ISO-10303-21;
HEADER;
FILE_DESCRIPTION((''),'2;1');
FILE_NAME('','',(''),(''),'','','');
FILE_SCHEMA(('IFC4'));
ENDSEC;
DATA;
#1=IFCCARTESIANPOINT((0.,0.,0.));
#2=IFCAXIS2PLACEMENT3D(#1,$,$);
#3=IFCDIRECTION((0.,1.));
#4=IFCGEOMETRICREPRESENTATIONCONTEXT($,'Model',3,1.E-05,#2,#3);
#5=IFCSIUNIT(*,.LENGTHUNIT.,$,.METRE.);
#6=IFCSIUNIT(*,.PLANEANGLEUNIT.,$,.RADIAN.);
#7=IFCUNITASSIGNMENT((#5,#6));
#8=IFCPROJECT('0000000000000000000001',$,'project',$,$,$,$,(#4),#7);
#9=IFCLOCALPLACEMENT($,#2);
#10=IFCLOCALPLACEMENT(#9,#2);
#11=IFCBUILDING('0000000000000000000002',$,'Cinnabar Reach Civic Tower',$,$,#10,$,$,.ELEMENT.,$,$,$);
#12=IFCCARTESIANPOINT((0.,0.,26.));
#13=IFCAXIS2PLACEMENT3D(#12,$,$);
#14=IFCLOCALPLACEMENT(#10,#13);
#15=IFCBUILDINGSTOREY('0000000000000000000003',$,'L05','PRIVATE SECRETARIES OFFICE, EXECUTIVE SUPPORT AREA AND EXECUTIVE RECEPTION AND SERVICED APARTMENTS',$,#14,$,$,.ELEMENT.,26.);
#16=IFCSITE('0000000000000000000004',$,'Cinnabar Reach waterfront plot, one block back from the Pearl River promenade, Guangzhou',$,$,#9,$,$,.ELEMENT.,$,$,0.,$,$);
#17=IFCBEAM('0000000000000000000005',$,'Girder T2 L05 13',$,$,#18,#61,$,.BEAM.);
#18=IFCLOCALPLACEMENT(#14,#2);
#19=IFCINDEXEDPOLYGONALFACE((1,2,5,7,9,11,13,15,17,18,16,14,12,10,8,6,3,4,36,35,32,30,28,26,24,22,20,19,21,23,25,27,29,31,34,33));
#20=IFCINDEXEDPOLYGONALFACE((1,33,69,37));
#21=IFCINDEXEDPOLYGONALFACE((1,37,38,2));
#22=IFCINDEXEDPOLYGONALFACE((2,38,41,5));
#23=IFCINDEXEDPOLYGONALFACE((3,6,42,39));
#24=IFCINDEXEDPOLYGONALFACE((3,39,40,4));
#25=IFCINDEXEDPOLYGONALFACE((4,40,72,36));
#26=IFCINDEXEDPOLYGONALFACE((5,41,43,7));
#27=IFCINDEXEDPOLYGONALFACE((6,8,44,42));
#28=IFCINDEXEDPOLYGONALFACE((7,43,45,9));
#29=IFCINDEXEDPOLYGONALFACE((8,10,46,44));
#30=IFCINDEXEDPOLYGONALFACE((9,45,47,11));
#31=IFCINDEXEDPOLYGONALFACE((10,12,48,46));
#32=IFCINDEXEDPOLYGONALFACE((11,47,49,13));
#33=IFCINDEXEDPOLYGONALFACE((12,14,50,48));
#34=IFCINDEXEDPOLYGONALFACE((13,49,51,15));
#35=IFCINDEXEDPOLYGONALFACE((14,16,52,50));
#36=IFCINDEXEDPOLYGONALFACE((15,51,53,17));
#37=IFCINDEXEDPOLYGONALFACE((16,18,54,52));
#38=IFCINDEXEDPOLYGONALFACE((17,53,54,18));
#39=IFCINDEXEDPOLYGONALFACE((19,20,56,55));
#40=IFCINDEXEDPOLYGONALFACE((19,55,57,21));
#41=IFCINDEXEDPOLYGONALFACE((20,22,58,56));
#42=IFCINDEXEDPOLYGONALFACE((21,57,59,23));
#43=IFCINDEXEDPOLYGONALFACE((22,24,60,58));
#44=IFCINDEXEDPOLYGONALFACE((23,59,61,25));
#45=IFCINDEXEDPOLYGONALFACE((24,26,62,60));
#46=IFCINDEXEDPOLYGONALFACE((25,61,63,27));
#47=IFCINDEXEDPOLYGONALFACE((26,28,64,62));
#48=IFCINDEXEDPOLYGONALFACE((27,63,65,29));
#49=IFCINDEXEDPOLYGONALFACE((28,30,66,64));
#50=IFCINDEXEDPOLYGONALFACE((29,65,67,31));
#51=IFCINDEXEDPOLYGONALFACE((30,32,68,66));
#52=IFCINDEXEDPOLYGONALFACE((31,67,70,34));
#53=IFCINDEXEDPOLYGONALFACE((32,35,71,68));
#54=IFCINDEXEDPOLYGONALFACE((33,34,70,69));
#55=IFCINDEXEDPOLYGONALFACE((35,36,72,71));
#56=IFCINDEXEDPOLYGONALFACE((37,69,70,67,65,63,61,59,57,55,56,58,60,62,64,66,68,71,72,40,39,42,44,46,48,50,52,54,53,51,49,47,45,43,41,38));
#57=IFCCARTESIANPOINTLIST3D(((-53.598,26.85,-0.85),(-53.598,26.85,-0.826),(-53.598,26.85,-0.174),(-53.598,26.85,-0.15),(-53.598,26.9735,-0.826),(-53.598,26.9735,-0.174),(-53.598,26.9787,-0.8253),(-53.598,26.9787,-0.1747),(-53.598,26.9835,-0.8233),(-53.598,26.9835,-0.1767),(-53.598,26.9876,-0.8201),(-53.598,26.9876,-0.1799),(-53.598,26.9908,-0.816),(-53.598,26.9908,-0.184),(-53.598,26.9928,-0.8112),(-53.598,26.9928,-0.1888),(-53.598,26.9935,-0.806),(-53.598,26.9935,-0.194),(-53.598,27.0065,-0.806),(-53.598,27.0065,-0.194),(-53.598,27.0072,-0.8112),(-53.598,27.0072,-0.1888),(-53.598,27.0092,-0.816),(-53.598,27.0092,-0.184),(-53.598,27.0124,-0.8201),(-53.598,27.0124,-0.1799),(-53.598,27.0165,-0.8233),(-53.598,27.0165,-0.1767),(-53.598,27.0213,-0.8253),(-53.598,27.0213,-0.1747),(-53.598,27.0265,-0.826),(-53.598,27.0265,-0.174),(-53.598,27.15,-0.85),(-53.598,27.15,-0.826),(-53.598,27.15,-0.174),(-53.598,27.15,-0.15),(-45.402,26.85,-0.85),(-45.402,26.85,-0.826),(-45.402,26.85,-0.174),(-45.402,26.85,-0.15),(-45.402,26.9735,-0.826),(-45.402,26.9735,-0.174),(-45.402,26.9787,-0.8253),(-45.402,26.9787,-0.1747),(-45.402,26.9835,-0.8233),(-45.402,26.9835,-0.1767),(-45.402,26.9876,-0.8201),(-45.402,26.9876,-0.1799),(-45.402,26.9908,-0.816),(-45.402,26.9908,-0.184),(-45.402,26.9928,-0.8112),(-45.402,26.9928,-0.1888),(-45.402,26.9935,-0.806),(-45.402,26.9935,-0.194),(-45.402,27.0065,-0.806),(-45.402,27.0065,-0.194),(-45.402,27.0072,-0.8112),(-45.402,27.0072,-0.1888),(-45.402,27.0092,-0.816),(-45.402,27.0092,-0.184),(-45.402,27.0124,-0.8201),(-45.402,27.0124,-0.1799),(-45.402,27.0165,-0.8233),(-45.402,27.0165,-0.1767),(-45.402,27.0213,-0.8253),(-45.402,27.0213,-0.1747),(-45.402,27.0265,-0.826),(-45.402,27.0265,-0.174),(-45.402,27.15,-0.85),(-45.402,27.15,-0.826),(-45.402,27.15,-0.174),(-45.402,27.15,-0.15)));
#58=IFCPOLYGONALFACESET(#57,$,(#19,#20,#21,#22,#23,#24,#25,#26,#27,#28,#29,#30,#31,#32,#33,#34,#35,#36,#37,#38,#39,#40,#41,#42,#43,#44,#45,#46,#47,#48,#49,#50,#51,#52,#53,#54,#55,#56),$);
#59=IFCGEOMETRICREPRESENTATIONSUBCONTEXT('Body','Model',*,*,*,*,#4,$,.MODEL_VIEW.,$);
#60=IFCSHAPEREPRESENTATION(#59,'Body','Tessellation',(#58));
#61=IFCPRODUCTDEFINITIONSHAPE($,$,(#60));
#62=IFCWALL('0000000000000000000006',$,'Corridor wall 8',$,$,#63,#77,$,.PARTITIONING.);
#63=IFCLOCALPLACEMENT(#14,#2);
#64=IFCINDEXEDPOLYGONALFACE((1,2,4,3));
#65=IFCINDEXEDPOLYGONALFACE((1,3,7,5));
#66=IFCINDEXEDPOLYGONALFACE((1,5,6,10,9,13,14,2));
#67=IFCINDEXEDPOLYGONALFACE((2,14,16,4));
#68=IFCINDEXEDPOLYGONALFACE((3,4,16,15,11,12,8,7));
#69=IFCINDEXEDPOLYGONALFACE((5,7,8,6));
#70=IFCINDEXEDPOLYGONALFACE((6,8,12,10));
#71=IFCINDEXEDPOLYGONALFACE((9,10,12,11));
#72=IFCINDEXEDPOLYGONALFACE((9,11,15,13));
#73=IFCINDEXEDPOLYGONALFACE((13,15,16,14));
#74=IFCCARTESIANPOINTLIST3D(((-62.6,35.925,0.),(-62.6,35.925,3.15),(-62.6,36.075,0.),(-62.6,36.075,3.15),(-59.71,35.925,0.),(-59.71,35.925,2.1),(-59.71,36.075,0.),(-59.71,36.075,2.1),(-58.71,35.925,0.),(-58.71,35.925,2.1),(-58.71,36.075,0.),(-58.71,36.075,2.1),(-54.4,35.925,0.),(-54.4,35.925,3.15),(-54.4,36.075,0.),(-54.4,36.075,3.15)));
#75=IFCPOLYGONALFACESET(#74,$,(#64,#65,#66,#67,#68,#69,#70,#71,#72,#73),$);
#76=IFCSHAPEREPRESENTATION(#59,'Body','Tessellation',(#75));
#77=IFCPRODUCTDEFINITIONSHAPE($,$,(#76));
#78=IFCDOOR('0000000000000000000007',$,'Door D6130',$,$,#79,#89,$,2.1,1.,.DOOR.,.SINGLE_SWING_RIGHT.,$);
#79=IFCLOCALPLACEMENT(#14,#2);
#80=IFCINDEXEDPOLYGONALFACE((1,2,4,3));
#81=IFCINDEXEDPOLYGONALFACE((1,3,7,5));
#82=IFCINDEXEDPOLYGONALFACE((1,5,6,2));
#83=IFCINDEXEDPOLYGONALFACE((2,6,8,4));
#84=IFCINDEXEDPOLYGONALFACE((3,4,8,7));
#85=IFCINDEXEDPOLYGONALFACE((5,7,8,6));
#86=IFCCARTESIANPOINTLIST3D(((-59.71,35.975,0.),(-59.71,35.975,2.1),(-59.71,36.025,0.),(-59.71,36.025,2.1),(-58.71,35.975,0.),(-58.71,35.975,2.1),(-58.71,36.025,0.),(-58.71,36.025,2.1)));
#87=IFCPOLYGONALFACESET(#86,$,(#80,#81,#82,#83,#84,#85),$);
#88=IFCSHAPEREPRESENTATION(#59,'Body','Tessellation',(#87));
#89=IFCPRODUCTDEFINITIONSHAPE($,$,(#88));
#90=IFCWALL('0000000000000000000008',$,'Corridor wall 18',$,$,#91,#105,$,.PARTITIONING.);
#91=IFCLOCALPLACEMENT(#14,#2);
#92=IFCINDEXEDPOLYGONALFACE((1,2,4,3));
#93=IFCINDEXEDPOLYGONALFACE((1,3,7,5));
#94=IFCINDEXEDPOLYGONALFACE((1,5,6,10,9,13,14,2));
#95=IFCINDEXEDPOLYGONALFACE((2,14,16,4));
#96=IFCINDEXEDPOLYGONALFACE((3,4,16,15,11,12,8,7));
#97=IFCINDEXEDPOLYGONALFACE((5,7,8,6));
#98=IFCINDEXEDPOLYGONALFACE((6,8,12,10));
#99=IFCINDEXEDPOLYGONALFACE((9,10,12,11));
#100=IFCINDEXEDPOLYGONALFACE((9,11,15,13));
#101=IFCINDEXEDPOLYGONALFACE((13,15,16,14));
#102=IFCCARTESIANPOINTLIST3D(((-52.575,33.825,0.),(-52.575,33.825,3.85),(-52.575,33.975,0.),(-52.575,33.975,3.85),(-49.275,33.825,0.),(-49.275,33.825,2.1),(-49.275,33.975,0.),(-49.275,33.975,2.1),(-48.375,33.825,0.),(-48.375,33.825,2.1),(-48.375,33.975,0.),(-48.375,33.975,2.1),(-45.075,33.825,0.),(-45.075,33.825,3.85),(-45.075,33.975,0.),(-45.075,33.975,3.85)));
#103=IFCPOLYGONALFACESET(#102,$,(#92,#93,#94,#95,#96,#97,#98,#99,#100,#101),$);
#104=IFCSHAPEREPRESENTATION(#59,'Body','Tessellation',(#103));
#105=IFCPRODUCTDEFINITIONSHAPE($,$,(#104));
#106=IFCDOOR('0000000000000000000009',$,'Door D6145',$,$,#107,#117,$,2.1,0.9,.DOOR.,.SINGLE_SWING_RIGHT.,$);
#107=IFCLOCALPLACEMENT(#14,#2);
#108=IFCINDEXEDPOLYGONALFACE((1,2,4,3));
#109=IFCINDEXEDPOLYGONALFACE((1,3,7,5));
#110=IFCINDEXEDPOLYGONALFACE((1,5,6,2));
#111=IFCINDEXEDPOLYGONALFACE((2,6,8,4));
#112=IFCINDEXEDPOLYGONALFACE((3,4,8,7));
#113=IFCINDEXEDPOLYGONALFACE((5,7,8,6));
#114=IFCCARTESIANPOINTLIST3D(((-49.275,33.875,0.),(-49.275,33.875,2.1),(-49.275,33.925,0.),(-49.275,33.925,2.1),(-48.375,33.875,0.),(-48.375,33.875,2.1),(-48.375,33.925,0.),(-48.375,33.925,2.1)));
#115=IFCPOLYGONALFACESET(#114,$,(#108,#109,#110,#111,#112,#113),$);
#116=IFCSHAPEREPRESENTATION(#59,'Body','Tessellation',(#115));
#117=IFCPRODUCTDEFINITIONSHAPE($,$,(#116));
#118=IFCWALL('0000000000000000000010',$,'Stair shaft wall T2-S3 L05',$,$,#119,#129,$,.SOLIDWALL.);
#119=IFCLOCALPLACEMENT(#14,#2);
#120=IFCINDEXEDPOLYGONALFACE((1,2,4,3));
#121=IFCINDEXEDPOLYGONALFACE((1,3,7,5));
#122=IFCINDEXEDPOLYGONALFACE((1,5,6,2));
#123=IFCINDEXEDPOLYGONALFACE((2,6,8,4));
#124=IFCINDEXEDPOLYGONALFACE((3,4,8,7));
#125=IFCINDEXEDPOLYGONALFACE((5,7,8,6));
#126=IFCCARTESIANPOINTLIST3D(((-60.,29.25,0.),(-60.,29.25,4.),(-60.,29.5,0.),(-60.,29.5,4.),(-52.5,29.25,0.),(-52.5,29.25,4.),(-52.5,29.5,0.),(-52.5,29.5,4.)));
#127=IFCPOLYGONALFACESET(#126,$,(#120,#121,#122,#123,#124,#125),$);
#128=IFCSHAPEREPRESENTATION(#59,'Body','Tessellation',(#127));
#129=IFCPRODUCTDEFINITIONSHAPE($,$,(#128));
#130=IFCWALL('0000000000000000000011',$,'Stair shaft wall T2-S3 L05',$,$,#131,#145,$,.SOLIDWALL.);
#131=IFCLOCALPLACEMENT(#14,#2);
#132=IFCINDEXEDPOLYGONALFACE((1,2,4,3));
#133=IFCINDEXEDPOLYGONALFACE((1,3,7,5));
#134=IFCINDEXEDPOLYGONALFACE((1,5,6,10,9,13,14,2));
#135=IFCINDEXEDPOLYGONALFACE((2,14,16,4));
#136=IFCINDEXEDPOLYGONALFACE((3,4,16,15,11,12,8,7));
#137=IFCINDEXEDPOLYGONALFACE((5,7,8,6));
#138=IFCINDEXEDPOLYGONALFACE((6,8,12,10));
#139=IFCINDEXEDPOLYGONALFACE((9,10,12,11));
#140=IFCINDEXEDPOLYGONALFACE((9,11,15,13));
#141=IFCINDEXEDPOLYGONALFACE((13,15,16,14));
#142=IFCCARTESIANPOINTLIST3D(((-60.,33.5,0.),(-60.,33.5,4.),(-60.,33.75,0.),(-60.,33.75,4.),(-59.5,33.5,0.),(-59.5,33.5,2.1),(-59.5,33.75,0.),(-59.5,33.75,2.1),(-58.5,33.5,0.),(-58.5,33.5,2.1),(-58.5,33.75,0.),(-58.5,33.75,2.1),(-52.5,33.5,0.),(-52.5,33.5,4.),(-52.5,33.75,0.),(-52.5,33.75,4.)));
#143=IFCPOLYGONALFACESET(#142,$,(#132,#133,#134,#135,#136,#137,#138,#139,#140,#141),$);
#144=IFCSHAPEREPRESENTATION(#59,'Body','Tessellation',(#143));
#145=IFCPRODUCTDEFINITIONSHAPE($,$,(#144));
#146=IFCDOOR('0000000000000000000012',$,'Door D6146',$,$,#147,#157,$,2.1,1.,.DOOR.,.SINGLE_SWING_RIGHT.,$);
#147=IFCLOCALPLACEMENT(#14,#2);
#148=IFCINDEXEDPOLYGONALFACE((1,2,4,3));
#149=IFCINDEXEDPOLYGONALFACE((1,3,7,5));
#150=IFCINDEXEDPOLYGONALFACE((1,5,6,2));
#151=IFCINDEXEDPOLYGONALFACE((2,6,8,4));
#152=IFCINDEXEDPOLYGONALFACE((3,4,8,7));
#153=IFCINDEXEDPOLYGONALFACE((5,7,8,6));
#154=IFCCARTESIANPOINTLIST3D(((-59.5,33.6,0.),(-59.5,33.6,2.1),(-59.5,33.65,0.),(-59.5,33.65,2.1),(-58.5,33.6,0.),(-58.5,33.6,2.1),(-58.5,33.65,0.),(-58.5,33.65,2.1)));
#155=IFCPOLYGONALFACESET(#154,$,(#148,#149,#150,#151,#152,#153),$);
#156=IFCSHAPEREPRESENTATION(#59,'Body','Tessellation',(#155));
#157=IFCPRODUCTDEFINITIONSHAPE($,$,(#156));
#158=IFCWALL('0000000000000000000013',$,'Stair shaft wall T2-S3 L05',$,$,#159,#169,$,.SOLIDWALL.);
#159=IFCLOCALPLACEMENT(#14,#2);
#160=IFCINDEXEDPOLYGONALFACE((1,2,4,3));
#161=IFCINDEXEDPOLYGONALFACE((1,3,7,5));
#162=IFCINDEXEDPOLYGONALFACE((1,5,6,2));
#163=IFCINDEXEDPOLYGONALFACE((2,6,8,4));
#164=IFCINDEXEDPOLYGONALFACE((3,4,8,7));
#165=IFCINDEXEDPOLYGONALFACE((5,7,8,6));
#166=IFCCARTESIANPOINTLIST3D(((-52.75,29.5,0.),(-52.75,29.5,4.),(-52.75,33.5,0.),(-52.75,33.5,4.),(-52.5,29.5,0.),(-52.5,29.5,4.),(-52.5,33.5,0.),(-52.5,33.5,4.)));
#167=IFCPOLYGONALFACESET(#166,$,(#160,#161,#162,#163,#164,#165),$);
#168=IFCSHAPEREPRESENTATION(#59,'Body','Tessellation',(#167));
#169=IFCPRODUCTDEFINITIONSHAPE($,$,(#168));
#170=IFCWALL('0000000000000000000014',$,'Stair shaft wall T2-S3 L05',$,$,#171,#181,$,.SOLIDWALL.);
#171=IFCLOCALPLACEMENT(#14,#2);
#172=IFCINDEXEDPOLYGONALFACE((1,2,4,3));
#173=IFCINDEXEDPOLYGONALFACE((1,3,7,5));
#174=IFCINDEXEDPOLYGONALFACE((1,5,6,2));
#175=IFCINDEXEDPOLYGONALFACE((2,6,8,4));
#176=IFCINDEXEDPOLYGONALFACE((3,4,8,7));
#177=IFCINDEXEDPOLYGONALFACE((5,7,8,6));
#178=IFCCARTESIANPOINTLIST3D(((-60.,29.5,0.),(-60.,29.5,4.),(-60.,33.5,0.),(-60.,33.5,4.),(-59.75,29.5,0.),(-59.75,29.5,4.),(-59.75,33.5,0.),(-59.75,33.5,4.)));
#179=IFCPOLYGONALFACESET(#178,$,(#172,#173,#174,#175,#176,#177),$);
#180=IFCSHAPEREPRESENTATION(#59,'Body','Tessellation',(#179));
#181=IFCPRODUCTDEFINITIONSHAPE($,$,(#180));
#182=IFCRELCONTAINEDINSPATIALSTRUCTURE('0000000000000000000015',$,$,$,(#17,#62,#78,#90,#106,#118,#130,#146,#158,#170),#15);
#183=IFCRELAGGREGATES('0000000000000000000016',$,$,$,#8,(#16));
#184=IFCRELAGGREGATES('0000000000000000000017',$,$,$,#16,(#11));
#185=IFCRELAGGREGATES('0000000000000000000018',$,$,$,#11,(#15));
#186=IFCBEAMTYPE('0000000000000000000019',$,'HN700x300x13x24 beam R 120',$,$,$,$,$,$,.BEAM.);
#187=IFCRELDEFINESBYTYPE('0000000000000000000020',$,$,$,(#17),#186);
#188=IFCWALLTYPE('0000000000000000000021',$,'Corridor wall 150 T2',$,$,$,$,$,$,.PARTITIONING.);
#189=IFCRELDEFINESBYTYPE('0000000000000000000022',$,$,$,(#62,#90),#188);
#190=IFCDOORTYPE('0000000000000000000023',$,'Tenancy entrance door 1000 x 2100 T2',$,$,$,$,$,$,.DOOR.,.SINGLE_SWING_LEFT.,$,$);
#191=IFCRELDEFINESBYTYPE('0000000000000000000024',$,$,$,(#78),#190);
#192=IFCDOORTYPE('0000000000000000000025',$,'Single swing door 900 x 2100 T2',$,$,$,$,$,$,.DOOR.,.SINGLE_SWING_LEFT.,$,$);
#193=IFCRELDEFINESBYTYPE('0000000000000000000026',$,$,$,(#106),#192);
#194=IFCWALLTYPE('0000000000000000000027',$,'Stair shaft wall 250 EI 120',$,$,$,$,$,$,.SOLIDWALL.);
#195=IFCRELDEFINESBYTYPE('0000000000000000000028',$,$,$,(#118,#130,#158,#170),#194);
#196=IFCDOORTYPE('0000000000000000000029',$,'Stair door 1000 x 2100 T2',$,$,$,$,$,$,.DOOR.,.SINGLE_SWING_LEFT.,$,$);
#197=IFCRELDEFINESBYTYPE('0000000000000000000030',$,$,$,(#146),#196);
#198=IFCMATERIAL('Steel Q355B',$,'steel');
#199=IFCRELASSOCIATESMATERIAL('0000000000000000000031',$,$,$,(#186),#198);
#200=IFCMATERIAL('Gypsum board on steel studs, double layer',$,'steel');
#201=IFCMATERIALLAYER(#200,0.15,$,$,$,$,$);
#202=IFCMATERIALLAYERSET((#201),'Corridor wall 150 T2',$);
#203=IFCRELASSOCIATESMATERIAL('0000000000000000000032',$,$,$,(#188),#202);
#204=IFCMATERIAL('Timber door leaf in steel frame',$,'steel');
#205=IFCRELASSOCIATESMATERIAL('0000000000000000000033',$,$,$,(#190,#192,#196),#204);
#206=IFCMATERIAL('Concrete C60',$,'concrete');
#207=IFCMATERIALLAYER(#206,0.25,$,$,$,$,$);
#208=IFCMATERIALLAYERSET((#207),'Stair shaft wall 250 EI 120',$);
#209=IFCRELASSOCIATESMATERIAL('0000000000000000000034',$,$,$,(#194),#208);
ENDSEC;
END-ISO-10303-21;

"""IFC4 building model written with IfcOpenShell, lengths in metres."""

from ifc_helpers import new_model, si_unit, direction, frame, frame_2d, origin, origin_2d, place, context, subcontext, project, spatial, rectangle, i_section, extrude, material, layer, layer_set, material_profile, profile_set, type_object, element, fill, save


model = new_model("IFC4")

# Units and contexts
model_context = context("Model", 3, precision=1e-05, world=origin(), true_north=direction((0.0, 1.0)))
body_context = subcontext(model_context, "Body", "Model", "MODEL_VIEW")
ifc_project = project(units=[si_unit("LENGTHUNIT", "METRE"), si_unit("PLANEANGLEUNIT", "RADIAN")], contexts=[model_context])

# Site, building, storey
site_placement = place(None, origin())
site = spatial("IfcSite", under=ifc_project, at=site_placement, Name="Cinnabar Reach waterfront plot, one block back from the Pearl River promenade, Guangzhou", CompositionType="ELEMENT", RefElevation=0.0)
building_placement = place(site_placement, origin())
building = spatial("IfcBuilding", under=site, at=building_placement, Name="Cinnabar Reach Civic Tower", CompositionType="ELEMENT")
storey_placement = place(building_placement, frame((0.0, 0.0, 26.0)))
storey = spatial("IfcBuildingStorey", under=building, at=storey_placement, Name="L05", Description="PRIVATE SECRETARIES OFFICE, EXECUTIVE SUPPORT AREA AND EXECUTIVE RECEPTION AND SERVICED APARTMENTS", CompositionType="ELEMENT", Elevation=26.0)

# Beam
ifc_material_1 = material(Name="Steel Q355B", Category="steel")
ifc_material_profile_1 = material_profile(ifc_material_1, i_section(OverallWidth=0.3, OverallDepth=0.7, WebThickness=0.013, FlangeThickness=0.024, FilletRadius=0.02, at=origin_2d()), Name="HN700x300x13x24")
ifc_profile_set_1 = profile_set([ifc_material_profile_1], Name="Steel Q355B")
beam_type_1 = type_object("IfcBeamType", Name="HN700x300x13x24 beam R 120", PredefinedType="BEAM", material=ifc_profile_set_1)
beam_1_placement = place(storey_placement, frame((-53.598, 27.0, -0.5), z_axis=(1.0, 0.0, 0.0), x_axis=(0.0, 1.0, 0.0)))
element("IfcBeam", 1, at=beam_1_placement, inside=storey, type_object=beam_type_1, Name="Girder T2 L05 13", PredefinedType="BEAM", context=body_context, shape_type="SweptSolid", body=[
    extrude(i_section(OverallWidth=0.3, OverallDepth=0.7, WebThickness=0.013, FlangeThickness=0.024, FilletRadius=0.02, at=origin_2d()), origin(), (0.0, 0.0, 1.0), 8.196),
])

# Walls, openings, doors
ifc_material_2 = material(Name="Gypsum board on steel studs, double layer", Category="steel")
ifc_layer_1 = layer(ifc_material_2, 0.15)
ifc_layer_set_1 = layer_set([ifc_layer_1], Name="Corridor wall 150 T2")
wall_type_1 = type_object("IfcWallType", Name="Corridor wall 150 T2", PredefinedType="PARTITIONING", material=ifc_layer_set_1)
wall_1_placement = place(storey_placement, frame((-62.6, 36.0, 0.0), z_axis=(0.0, 0.0, 1.0), x_axis=(1.0, 0.0, 0.0)))
wall_1 = element("IfcWall", 2, at=wall_1_placement, inside=storey, type_object=wall_type_1, Name="Corridor wall 8", PredefinedType="PARTITIONING", context=body_context, shape_type="SweptSolid", body=[
    extrude(rectangle(XDim=8.2, YDim=0.15, at=frame_2d((4.1, 0.0))), origin(), (0.0, 0.0, 1.0), 3.15),
])
opening_1_placement = place(wall_1_placement, frame((2.89, 0.0, 0.0)))
opening_1 = element("IfcOpeningElement", 3, at=opening_1_placement, cuts=wall_1, PredefinedType="OPENING", context=body_context, shape_type="SweptSolid", body=[
    extrude(rectangle(XDim=1.0, YDim=2.1, at=frame_2d((0.5, 1.05))), frame((0.0, 0.085, 0.0), z_axis=(0.0, -1.0, 0.0), x_axis=(1.0, 0.0, 0.0)), (0.0, 0.0, 1.0), 0.17),
])
ifc_material_3 = material(Name="Timber door leaf in steel frame", Category="steel")
door_type_1 = type_object("IfcDoorType", Name="Tenancy entrance door 1000 x 2100 T2", OperationType="SINGLE_SWING_LEFT", PredefinedType="DOOR", material=ifc_material_3)
door_1_placement = place(opening_1_placement, origin())
door_1 = element("IfcDoor", 4, at=door_1_placement, inside=storey, type_object=door_type_1, Name="Door D6130", OperationType="SINGLE_SWING_RIGHT", OverallHeight=2.1, OverallWidth=1.0, PredefinedType="DOOR", context=body_context, shape_type="SweptSolid", body=[
    extrude(rectangle(XDim=1.0, YDim=2.1, at=frame_2d((0.5, 1.05))), frame((0.0, 0.025, 0.0), z_axis=(0.0, -1.0, 0.0), x_axis=(1.0, 0.0, 0.0)), (0.0, 0.0, 1.0), 0.05),
])
fill(opening_1, door_1)
wall_2_placement = place(storey_placement, frame((-52.575, 33.9, 0.0), z_axis=(0.0, 0.0, 1.0), x_axis=(1.0, 0.0, 0.0)))
wall_2 = element("IfcWall", 5, at=wall_2_placement, inside=storey, type_object=wall_type_1, Name="Corridor wall 18", PredefinedType="PARTITIONING", context=body_context, shape_type="SweptSolid", body=[
    extrude(rectangle(XDim=7.5, YDim=0.15, at=frame_2d((3.75, 0.0))), origin(), (0.0, 0.0, 1.0), 3.85),
])
opening_2_placement = place(wall_2_placement, frame((3.3, 0.0, 0.0)))
opening_2 = element("IfcOpeningElement", 6, at=opening_2_placement, cuts=wall_2, PredefinedType="OPENING", context=body_context, shape_type="SweptSolid", body=[
    extrude(rectangle(XDim=0.9, YDim=2.1, at=frame_2d((0.45, 1.05))), frame((0.0, 0.085, 0.0), z_axis=(0.0, -1.0, 0.0), x_axis=(1.0, 0.0, 0.0)), (0.0, 0.0, 1.0), 0.17),
])
door_type_2 = type_object("IfcDoorType", Name="Single swing door 900 x 2100 T2", OperationType="SINGLE_SWING_LEFT", PredefinedType="DOOR", material=ifc_material_3)
door_2_placement = place(opening_2_placement, frame((0.9, 0.0, 0.0), z_axis=(0.0, 0.0, 1.0), x_axis=(-1.0, 0.0, 0.0)))
door_2 = element("IfcDoor", 7, at=door_2_placement, inside=storey, type_object=door_type_2, Name="Door D6145", OperationType="SINGLE_SWING_RIGHT", OverallHeight=2.1, OverallWidth=0.9, PredefinedType="DOOR", context=body_context, shape_type="SweptSolid", body=[
    extrude(rectangle(XDim=0.9, YDim=2.1, at=frame_2d((0.45, 1.05))), frame((0.0, 0.025, 0.0), z_axis=(0.0, -1.0, 0.0), x_axis=(1.0, 0.0, 0.0)), (0.0, 0.0, 1.0), 0.05),
])
fill(opening_2, door_2)

# Wall
ifc_material_4 = material(Name="Concrete C60", Category="concrete")
ifc_layer_2 = layer(ifc_material_4, 0.25)
ifc_layer_set_2 = layer_set([ifc_layer_2], Name="Stair shaft wall 250 EI 120")
wall_type_2 = type_object("IfcWallType", Name="Stair shaft wall 250 EI 120", PredefinedType="SOLIDWALL", material=ifc_layer_set_2)
wall_3_placement = place(storey_placement, frame((-60.0, 29.375, 0.0), z_axis=(0.0, 0.0, 1.0), x_axis=(1.0, 0.0, 0.0)))
element("IfcWall", 8, at=wall_3_placement, inside=storey, type_object=wall_type_2, Name="Stair shaft wall T2-S3 L05", PredefinedType="SOLIDWALL", context=body_context, shape_type="SweptSolid", body=[
    extrude(rectangle(XDim=7.5, YDim=0.25, at=frame_2d((3.75, 0.0))), origin(), (0.0, 0.0, 1.0), 4.0),
])

# Wall, opening, door
wall_4_placement = place(storey_placement, frame((-52.5, 33.625, 0.0), z_axis=(0.0, 0.0, 1.0), x_axis=(-1.0, 0.0, 0.0)))
wall_4 = element("IfcWall", 9, at=wall_4_placement, inside=storey, type_object=wall_type_2, Name="Stair shaft wall T2-S3 L05", PredefinedType="SOLIDWALL", context=body_context, shape_type="SweptSolid", body=[
    extrude(rectangle(XDim=7.5, YDim=0.25, at=frame_2d((3.75, 0.0))), origin(), (0.0, 0.0, 1.0), 4.0),
])
opening_3_placement = place(wall_4_placement, frame((6.0, 0.0, 0.0)))
opening_3 = element("IfcOpeningElement", 10, at=opening_3_placement, cuts=wall_4, PredefinedType="OPENING", context=body_context, shape_type="SweptSolid", body=[
    extrude(rectangle(XDim=1.0, YDim=2.1, at=frame_2d((0.5, 1.05))), frame((0.0, 0.135, 0.0), z_axis=(0.0, -1.0, 0.0), x_axis=(1.0, 0.0, 0.0)), (0.0, 0.0, 1.0), 0.27),
])
door_type_3 = type_object("IfcDoorType", Name="Stair door 1000 x 2100 T2", OperationType="SINGLE_SWING_LEFT", PredefinedType="DOOR", material=ifc_material_3)
door_3_placement = place(opening_3_placement, origin())
door_3 = element("IfcDoor", 11, at=door_3_placement, inside=storey, type_object=door_type_3, Name="Door D6146", OperationType="SINGLE_SWING_RIGHT", OverallHeight=2.1, OverallWidth=1.0, PredefinedType="DOOR", context=body_context, shape_type="SweptSolid", body=[
    extrude(rectangle(XDim=1.0, YDim=2.1, at=frame_2d((0.5, 1.05))), frame((0.0, 0.025, 0.0), z_axis=(0.0, -1.0, 0.0), x_axis=(1.0, 0.0, 0.0)), (0.0, 0.0, 1.0), 0.05),
])
fill(opening_3, door_3)

# Walls
for number, where, z_axis, x_axis, name in (
    (12, (-52.625, 29.5, 0.0), (0.0, 0.0, 1.0), (0.0, 1.0, 0.0), "Stair shaft wall T2-S3 L05"),
    (13, (-59.875, 33.5, 0.0), (0.0, 0.0, 1.0), (0.0, -1.0, 0.0), "Stair shaft wall T2-S3 L05"),
):
    element("IfcWall", number, at=place(storey_placement, frame(where, z_axis=z_axis, x_axis=x_axis)), inside=storey, type_object=wall_type_2, Name=name, PredefinedType="SOLIDWALL", context=body_context, shape_type="SweptSolid", body=[
        extrude(rectangle(XDim=4.0, YDim=0.25, at=frame_2d((2.0, 0.0))), origin(), (0.0, 0.0, 1.0), 4.0),
    ])

save(model, "model.ifc")
